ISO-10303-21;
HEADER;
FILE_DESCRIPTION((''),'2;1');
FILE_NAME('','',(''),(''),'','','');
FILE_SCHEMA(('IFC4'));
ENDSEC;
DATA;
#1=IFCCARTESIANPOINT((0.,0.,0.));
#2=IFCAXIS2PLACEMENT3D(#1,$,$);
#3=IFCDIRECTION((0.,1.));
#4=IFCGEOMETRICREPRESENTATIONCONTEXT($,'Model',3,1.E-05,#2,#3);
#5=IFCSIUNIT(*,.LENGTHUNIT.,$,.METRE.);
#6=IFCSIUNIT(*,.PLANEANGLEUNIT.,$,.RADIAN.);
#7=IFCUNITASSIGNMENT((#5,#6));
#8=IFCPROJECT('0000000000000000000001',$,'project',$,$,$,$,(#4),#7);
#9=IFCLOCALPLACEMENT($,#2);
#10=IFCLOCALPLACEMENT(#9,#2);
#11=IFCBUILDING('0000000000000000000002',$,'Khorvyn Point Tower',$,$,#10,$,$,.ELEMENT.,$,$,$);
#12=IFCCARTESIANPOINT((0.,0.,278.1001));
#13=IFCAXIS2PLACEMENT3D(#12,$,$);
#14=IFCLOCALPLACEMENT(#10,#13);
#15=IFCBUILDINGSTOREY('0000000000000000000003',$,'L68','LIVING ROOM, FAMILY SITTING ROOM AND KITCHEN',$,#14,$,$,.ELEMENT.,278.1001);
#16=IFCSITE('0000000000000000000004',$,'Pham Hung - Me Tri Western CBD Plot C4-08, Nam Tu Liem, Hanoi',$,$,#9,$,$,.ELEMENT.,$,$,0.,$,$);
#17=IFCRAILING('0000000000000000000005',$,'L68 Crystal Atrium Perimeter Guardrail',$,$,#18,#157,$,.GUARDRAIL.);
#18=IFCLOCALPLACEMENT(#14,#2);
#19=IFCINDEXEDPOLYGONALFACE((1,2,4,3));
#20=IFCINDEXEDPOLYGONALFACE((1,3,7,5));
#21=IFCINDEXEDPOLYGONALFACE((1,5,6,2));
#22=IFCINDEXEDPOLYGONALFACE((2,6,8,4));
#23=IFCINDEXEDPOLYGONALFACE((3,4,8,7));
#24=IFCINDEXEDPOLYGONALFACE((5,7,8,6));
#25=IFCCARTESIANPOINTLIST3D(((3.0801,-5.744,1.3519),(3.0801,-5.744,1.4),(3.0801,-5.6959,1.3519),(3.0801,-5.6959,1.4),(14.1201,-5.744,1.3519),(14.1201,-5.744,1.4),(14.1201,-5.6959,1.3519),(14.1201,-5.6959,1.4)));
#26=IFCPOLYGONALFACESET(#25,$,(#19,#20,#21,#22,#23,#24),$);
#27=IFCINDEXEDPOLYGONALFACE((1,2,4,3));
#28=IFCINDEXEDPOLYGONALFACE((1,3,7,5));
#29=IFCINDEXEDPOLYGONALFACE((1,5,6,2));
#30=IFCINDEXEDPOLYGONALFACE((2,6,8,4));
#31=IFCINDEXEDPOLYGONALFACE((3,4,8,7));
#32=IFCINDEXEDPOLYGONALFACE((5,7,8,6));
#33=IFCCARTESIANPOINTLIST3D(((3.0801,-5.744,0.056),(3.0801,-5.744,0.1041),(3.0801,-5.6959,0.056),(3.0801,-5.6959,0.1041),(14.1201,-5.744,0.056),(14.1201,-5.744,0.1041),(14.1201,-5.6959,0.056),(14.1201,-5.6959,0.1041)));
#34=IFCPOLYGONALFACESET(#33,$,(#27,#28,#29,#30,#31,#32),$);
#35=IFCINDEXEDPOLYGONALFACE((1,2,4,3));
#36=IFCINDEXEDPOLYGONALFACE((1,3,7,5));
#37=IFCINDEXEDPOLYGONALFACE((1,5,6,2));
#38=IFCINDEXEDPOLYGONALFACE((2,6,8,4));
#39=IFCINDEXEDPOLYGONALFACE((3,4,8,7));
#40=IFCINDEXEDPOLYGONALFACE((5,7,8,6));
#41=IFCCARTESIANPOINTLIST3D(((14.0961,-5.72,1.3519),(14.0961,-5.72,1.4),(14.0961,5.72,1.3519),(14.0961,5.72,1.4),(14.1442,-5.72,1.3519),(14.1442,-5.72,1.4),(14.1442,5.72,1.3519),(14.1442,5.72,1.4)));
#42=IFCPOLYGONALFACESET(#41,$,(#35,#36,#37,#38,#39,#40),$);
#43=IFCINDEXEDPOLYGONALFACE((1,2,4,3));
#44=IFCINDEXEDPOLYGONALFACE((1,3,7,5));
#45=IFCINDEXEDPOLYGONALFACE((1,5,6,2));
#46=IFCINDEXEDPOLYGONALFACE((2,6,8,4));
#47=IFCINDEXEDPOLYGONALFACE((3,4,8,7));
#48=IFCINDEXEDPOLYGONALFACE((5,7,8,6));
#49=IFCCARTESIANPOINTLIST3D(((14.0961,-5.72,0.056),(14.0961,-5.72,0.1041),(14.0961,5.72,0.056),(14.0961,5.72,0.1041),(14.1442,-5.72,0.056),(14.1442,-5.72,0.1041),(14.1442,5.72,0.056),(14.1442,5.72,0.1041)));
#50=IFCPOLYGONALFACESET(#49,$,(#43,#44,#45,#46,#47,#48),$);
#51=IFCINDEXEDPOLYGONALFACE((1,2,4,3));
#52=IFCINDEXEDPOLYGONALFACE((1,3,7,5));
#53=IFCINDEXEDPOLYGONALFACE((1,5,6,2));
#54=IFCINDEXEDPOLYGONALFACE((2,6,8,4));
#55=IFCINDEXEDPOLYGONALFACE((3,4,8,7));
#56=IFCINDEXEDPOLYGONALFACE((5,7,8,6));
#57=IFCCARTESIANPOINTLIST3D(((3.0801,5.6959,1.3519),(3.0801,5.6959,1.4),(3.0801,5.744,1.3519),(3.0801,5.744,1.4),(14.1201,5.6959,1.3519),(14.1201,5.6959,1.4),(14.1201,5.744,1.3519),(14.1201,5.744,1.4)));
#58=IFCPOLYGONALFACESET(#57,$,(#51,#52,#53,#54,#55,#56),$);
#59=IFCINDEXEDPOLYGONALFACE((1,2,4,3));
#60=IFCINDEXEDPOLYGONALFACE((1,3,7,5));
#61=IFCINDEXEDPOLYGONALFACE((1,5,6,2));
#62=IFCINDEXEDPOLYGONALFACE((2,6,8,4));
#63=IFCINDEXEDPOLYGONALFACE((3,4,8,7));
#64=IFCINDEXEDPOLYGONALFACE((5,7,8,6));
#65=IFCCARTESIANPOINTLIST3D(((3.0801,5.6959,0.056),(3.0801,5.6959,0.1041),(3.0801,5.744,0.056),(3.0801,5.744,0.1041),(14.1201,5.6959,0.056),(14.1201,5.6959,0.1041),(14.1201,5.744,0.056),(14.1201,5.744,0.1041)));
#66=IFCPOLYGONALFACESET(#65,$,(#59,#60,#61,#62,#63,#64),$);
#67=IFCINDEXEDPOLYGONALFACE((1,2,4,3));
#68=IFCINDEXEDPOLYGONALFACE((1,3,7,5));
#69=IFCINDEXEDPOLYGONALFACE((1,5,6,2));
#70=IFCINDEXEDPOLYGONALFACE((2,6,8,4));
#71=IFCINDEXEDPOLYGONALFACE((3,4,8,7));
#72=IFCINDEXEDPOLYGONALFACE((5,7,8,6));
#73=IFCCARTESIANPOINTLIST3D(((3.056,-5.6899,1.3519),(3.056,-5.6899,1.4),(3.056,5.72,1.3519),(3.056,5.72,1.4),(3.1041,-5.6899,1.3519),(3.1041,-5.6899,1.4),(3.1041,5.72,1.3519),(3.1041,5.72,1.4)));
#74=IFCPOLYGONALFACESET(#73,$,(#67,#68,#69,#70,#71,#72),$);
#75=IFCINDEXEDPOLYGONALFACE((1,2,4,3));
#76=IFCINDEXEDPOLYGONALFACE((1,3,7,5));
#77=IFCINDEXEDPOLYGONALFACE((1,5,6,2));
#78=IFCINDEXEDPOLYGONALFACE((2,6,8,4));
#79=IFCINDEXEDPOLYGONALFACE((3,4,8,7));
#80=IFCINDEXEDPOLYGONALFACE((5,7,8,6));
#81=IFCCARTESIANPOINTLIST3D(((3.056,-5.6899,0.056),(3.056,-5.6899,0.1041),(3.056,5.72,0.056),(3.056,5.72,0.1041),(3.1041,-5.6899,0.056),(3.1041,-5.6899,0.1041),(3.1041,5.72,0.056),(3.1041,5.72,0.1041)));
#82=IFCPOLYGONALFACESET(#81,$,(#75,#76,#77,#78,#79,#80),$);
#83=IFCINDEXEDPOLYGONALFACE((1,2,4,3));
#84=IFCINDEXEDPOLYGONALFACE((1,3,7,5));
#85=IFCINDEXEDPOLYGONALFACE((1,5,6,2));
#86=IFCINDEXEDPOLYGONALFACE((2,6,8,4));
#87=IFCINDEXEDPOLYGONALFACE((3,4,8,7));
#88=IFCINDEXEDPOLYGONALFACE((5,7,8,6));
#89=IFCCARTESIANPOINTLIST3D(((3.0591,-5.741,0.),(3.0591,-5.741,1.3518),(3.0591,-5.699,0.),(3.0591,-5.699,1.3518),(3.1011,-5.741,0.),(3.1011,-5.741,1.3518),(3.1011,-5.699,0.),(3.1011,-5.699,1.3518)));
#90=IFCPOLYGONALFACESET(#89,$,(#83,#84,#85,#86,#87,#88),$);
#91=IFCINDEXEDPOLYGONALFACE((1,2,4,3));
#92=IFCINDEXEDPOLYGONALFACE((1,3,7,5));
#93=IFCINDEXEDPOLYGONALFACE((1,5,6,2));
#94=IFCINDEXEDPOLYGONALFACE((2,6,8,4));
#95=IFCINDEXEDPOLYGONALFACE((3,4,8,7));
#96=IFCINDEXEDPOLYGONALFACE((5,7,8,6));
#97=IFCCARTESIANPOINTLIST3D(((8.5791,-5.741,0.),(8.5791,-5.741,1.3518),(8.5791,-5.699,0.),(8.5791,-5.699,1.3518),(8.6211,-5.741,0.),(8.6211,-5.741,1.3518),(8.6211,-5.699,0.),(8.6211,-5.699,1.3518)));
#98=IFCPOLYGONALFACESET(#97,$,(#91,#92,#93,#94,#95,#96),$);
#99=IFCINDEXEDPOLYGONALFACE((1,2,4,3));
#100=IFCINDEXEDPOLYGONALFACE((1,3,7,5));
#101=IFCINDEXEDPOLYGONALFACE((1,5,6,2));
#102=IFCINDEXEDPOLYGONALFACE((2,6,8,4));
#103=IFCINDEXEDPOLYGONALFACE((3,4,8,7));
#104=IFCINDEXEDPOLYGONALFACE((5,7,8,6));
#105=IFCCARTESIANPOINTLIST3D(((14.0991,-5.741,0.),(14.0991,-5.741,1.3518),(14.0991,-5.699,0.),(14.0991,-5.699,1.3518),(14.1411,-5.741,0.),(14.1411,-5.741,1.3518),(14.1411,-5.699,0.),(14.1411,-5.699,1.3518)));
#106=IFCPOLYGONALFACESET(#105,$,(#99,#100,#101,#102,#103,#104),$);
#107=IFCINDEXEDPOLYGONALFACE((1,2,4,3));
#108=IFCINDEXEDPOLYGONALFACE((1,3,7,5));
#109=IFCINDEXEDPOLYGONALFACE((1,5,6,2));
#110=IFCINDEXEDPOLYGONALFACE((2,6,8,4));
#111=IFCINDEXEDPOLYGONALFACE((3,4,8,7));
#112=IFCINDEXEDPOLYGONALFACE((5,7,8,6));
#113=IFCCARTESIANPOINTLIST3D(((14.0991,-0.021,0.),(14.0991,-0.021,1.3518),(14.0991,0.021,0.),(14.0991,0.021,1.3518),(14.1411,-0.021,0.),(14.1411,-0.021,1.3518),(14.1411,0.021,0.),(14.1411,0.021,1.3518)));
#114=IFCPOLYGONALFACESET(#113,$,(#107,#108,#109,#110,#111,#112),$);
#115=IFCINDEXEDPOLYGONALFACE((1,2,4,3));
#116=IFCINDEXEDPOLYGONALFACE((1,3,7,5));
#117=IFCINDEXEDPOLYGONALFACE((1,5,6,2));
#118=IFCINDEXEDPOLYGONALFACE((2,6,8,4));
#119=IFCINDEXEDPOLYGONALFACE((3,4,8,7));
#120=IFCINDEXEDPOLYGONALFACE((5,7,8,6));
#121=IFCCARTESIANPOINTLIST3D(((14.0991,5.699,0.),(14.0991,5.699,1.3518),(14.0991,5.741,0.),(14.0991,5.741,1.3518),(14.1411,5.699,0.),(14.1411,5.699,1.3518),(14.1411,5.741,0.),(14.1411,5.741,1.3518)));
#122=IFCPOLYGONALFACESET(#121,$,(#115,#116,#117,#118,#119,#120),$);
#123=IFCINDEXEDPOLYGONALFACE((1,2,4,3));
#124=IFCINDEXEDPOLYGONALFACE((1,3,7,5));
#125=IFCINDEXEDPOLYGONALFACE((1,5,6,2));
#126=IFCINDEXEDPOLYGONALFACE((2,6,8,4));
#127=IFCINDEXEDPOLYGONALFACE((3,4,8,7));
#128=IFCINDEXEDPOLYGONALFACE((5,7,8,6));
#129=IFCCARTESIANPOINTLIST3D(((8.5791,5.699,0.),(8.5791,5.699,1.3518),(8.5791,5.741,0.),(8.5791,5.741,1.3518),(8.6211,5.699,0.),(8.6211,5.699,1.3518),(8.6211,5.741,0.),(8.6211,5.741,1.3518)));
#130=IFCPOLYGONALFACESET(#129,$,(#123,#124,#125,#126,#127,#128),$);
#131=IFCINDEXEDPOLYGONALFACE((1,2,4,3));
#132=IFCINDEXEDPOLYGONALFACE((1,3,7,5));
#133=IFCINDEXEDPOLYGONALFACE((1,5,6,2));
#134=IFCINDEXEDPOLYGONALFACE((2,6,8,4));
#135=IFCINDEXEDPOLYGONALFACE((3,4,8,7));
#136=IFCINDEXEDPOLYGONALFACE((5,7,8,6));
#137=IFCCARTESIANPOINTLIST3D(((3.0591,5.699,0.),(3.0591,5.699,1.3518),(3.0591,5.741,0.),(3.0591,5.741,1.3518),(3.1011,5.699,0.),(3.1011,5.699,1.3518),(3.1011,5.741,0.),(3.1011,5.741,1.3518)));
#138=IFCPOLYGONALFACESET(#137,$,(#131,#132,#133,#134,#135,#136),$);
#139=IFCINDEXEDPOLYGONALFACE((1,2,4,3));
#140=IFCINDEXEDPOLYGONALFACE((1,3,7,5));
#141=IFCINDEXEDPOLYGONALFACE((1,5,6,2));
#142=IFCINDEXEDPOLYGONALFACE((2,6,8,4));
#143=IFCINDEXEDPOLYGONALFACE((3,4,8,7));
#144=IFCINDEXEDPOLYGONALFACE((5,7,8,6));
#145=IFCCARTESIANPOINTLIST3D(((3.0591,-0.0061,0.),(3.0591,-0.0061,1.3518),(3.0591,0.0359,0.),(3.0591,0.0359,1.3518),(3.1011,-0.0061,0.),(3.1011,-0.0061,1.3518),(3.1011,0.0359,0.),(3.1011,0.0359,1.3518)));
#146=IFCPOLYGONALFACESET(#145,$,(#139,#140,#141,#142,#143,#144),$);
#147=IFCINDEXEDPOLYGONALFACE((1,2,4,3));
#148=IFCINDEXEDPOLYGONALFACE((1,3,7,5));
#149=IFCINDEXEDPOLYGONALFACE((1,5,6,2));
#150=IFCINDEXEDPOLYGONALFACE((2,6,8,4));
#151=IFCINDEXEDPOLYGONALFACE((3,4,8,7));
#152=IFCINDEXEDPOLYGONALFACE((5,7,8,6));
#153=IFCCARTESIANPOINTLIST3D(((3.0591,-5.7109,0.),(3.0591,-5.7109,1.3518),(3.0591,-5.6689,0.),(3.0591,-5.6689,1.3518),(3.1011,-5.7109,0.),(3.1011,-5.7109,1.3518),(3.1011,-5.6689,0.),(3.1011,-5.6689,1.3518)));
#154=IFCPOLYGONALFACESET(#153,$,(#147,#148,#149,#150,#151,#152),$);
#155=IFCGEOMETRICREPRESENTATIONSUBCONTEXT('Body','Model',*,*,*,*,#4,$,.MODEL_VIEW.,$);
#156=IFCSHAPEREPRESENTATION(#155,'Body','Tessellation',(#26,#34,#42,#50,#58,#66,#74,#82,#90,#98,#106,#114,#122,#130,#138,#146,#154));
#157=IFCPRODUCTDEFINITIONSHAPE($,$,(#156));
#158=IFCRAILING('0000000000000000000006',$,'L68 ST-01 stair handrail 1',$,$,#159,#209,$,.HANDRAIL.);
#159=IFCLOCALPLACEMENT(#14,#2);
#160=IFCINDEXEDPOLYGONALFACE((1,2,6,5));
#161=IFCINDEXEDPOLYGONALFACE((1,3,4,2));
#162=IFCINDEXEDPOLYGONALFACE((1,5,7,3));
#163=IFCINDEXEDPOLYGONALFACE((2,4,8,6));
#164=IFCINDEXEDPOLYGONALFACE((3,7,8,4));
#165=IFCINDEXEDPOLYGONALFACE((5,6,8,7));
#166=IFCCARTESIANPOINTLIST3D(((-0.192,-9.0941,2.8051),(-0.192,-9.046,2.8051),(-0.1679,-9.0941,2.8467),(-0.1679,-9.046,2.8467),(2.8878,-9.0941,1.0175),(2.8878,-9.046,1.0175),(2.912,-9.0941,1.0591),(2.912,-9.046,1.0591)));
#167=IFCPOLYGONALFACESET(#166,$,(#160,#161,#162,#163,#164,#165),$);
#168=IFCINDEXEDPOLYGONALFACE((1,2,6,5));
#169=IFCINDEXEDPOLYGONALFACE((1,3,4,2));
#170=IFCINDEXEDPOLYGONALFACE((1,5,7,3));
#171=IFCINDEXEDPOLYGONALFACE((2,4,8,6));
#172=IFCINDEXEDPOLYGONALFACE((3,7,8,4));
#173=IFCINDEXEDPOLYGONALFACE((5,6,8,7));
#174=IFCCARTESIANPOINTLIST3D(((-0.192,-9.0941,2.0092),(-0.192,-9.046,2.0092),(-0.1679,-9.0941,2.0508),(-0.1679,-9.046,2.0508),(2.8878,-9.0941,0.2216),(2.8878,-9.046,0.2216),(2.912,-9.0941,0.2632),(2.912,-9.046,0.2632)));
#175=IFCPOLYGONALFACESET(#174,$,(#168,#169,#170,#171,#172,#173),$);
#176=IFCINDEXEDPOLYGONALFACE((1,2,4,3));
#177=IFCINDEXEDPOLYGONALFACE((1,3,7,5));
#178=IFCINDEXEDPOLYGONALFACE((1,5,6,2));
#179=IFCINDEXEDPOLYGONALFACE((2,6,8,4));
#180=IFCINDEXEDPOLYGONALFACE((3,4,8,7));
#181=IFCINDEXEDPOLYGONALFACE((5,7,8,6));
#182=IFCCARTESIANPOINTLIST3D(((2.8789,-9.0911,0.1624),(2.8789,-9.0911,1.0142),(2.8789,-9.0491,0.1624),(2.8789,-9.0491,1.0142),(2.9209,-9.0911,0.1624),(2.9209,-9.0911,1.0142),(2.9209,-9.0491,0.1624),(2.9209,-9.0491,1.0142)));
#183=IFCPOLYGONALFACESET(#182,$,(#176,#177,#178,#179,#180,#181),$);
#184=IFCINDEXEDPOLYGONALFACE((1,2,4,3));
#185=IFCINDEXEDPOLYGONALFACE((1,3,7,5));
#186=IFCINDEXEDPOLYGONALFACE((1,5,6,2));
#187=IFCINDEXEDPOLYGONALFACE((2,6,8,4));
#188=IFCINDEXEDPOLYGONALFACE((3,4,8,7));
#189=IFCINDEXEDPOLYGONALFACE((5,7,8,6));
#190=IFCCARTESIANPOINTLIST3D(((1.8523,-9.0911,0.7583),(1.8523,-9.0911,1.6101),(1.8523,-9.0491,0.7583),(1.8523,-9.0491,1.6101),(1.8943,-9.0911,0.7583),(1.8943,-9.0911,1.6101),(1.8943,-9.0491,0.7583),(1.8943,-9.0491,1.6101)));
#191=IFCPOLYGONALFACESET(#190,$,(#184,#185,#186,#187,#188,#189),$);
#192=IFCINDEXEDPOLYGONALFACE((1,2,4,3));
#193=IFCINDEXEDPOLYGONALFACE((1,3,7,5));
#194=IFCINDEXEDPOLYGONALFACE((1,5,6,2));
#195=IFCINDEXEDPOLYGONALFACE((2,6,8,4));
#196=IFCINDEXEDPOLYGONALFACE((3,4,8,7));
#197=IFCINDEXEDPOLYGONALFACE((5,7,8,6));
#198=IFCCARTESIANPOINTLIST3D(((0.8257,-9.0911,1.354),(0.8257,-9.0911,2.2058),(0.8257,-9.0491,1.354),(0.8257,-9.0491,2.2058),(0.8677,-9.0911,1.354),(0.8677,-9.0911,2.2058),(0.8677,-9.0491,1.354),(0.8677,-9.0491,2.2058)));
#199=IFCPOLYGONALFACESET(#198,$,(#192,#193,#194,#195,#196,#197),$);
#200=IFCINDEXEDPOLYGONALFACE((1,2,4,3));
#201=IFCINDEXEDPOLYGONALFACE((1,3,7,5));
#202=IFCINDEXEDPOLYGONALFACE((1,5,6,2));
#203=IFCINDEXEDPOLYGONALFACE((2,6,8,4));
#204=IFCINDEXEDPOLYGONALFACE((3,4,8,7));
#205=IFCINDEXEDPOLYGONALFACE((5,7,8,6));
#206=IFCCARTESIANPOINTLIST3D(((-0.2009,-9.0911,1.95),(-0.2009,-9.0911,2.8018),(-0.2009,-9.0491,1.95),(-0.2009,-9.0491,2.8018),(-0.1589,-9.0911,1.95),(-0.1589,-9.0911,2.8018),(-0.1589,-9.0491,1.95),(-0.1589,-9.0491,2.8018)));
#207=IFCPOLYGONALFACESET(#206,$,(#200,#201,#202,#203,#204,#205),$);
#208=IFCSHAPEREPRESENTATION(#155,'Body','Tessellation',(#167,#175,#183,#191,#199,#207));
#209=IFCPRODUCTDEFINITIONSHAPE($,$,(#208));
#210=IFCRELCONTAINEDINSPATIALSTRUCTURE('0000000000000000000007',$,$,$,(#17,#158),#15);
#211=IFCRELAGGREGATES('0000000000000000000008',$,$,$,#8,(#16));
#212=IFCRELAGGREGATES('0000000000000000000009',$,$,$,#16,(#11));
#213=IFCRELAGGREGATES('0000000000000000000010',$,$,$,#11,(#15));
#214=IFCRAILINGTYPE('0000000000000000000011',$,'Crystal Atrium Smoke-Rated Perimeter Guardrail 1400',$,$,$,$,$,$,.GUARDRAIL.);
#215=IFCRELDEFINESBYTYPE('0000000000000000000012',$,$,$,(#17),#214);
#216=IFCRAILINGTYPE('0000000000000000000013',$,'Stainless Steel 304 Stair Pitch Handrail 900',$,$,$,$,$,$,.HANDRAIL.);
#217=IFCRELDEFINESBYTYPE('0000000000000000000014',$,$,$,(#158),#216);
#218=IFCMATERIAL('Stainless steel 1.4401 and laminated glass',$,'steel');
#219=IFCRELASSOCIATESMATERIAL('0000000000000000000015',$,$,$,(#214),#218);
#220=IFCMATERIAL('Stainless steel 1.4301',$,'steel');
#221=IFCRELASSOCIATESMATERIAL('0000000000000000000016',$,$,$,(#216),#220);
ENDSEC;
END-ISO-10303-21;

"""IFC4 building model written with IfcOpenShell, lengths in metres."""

from ifc_helpers import new_model, si_unit, direction, frame, origin, origin_2d, place, context, subcontext, project, spatial, rectangle, extrude, material, type_object, element, save


model = new_model("IFC4")

# Units and contexts
model_context = context("Model", 3, precision=1e-05, world=origin(), true_north=direction((0.0, 1.0)))
body_context = subcontext(model_context, "Body", "Model", "MODEL_VIEW")
ifc_project = project(units=[si_unit("LENGTHUNIT", "METRE"), si_unit("PLANEANGLEUNIT", "RADIAN")], contexts=[model_context])

# Site, building, storey
site_placement = place(None, origin())
site = spatial("IfcSite", under=ifc_project, at=site_placement, Name="Pham Hung - Me Tri Western CBD Plot C4-08, Nam Tu Liem, Hanoi", CompositionType="ELEMENT", RefElevation=0.0)
building_placement = place(site_placement, origin())
building = spatial("IfcBuilding", under=site, at=building_placement, Name="Khorvyn Point Tower", CompositionType="ELEMENT")
storey_placement = place(building_placement, frame((0.0, 0.0, 278.1001)))
storey = spatial("IfcBuildingStorey", under=building, at=storey_placement, Name="L68", Description="LIVING ROOM, FAMILY SITTING ROOM AND KITCHEN", CompositionType="ELEMENT", Elevation=278.1001)

# Railings
ifc_material_1 = material(Name="Stainless steel 1.4401 and laminated glass", Category="steel")
railing_type_1 = type_object("IfcRailingType", Name="Crystal Atrium Smoke-Rated Perimeter Guardrail 1400", PredefinedType="GUARDRAIL", material=ifc_material_1)
railing_1_placement = place(storey_placement, frame((3.0801, -5.72, 0.0)))
element("IfcRailing", 1, at=railing_1_placement, inside=storey, type_object=railing_type_1, Name="L68 Crystal Atrium Perimeter Guardrail", PredefinedType="GUARDRAIL", context=body_context, shape_type="SweptSolid", body=[
    extrude(rectangle(XDim=0.0481, YDim=0.0481, at=origin_2d()), frame((0.0, 0.0, 1.376), z_axis=(1.0, 0.0, 0.0), x_axis=(0.0, 1.0, 0.0)), (0.0, 0.0, 1.0), 11.04),
    extrude(rectangle(XDim=0.0481, YDim=0.0481, at=origin_2d()), frame((0.0, 0.0, 0.0801), z_axis=(1.0, 0.0, 0.0), x_axis=(0.0, 1.0, 0.0)), (0.0, 0.0, 1.0), 11.04),
    extrude(rectangle(XDim=0.0481, YDim=0.0481, at=origin_2d()), frame((11.04, 0.0, 1.376), z_axis=(0.0, 1.0, 0.0), x_axis=(-1.0, 0.0, 0.0)), (0.0, 0.0, 1.0), 11.4399),
    extrude(rectangle(XDim=0.0481, YDim=0.0481, at=origin_2d()), frame((11.04, 0.0, 0.0801), z_axis=(0.0, 1.0, 0.0), x_axis=(-1.0, 0.0, 0.0)), (0.0, 0.0, 1.0), 11.4399),
    extrude(rectangle(XDim=0.0481, YDim=0.0481, at=origin_2d()), frame((11.04, 11.4399, 1.376), z_axis=(-1.0, 0.0, 0.0), x_axis=(0.0, -1.0, 0.0)), (0.0, 0.0, 1.0), 11.04),
    extrude(rectangle(XDim=0.0481, YDim=0.0481, at=origin_2d()), frame((11.04, 11.4399, 0.0801), z_axis=(-1.0, 0.0, 0.0), x_axis=(0.0, -1.0, 0.0)), (0.0, 0.0, 1.0), 11.04),
    extrude(rectangle(XDim=0.0481, YDim=0.0481, at=origin_2d()), frame((0.0, 11.4399, 1.376), z_axis=(0.0, -1.0, 0.0), x_axis=(1.0, 0.0, 0.0)), (0.0, 0.0, 1.0), 11.4099),
    extrude(rectangle(XDim=0.0481, YDim=0.0481, at=origin_2d()), frame((0.0, 11.4399, 0.0801), z_axis=(0.0, -1.0, 0.0), x_axis=(1.0, 0.0, 0.0)), (0.0, 0.0, 1.0), 11.4099),
    extrude(rectangle(XDim=0.042, YDim=0.042, at=origin_2d()), origin(), (0.0, 0.0, 1.0), 1.3518),
    extrude(rectangle(XDim=0.042, YDim=0.042, at=origin_2d()), frame((5.52, 0.0, 0.0)), (0.0, 0.0, 1.0), 1.3518),
    extrude(rectangle(XDim=0.042, YDim=0.042, at=origin_2d()), frame((11.04, 0.0, 0.0)), (0.0, 0.0, 1.0), 1.3518),
    extrude(rectangle(XDim=0.042, YDim=0.042, at=origin_2d()), frame((11.04, 5.72, 0.0)), (0.0, 0.0, 1.0), 1.3518),
    extrude(rectangle(XDim=0.042, YDim=0.042, at=origin_2d()), frame((11.04, 11.4399, 0.0)), (0.0, 0.0, 1.0), 1.3518),
    extrude(rectangle(XDim=0.042, YDim=0.042, at=origin_2d()), frame((5.52, 11.4399, 0.0)), (0.0, 0.0, 1.0), 1.3518),
    extrude(rectangle(XDim=0.042, YDim=0.042, at=origin_2d()), frame((0.0, 11.4399, 0.0)), (0.0, 0.0, 1.0), 1.3518),
    extrude(rectangle(XDim=0.042, YDim=0.042, at=origin_2d()), frame((0.0, 5.7349, 0.0)), (0.0, 0.0, 1.0), 1.3518),
    extrude(rectangle(XDim=0.042, YDim=0.042, at=origin_2d()), frame((0.0, 0.03, 0.0)), (0.0, 0.0, 1.0), 1.3518),
])
ifc_material_2 = material(Name="Stainless steel 1.4301", Category="steel")
railing_type_2 = type_object("IfcRailingType", Name="Stainless Steel 304 Stair Pitch Handrail 900", PredefinedType="HANDRAIL", material=ifc_material_2)
railing_2_placement = place(storey_placement, frame((2.8999, -9.0701, 0.1624)))
element("IfcRailing", 2, at=railing_2_placement, inside=storey, type_object=railing_type_2, Name="L68 ST-01 stair handrail 1", PredefinedType="HANDRAIL", context=body_context, shape_type="SweptSolid", body=[
    extrude(rectangle(XDim=0.0481, YDim=0.0481, at=origin_2d()), frame((0.0, 0.0, 0.876), z_axis=(-0.864873, 0.0, 0.50199), x_axis=(0.0, -1.0, 0.0)), (0.0, 0.0, 1.0), 3.561),
    extrude(rectangle(XDim=0.0481, YDim=0.0481, at=origin_2d()), frame((0.0, 0.0, 0.0801), z_axis=(-0.864873, 0.0, 0.50199), x_axis=(0.0, -1.0, 0.0)), (0.0, 0.0, 1.0), 3.561),
    extrude(rectangle(XDim=0.042, YDim=0.042, at=origin_2d()), origin(), (0.0, 0.0, 1.0), 0.8518),
    extrude(rectangle(XDim=0.042, YDim=0.042, at=origin_2d()), frame((-1.0266, 0.0, 0.5959)), (0.0, 0.0, 1.0), 0.8518),
    extrude(rectangle(XDim=0.042, YDim=0.042, at=origin_2d()), frame((-2.0532, 0.0, 1.1917)), (0.0, 0.0, 1.0), 0.8518),
    extrude(rectangle(XDim=0.042, YDim=0.042, at=origin_2d()), frame((-3.0798, 0.0, 1.7876)), (0.0, 0.0, 1.0), 0.8518),
])

save(model, "model.ifc")
